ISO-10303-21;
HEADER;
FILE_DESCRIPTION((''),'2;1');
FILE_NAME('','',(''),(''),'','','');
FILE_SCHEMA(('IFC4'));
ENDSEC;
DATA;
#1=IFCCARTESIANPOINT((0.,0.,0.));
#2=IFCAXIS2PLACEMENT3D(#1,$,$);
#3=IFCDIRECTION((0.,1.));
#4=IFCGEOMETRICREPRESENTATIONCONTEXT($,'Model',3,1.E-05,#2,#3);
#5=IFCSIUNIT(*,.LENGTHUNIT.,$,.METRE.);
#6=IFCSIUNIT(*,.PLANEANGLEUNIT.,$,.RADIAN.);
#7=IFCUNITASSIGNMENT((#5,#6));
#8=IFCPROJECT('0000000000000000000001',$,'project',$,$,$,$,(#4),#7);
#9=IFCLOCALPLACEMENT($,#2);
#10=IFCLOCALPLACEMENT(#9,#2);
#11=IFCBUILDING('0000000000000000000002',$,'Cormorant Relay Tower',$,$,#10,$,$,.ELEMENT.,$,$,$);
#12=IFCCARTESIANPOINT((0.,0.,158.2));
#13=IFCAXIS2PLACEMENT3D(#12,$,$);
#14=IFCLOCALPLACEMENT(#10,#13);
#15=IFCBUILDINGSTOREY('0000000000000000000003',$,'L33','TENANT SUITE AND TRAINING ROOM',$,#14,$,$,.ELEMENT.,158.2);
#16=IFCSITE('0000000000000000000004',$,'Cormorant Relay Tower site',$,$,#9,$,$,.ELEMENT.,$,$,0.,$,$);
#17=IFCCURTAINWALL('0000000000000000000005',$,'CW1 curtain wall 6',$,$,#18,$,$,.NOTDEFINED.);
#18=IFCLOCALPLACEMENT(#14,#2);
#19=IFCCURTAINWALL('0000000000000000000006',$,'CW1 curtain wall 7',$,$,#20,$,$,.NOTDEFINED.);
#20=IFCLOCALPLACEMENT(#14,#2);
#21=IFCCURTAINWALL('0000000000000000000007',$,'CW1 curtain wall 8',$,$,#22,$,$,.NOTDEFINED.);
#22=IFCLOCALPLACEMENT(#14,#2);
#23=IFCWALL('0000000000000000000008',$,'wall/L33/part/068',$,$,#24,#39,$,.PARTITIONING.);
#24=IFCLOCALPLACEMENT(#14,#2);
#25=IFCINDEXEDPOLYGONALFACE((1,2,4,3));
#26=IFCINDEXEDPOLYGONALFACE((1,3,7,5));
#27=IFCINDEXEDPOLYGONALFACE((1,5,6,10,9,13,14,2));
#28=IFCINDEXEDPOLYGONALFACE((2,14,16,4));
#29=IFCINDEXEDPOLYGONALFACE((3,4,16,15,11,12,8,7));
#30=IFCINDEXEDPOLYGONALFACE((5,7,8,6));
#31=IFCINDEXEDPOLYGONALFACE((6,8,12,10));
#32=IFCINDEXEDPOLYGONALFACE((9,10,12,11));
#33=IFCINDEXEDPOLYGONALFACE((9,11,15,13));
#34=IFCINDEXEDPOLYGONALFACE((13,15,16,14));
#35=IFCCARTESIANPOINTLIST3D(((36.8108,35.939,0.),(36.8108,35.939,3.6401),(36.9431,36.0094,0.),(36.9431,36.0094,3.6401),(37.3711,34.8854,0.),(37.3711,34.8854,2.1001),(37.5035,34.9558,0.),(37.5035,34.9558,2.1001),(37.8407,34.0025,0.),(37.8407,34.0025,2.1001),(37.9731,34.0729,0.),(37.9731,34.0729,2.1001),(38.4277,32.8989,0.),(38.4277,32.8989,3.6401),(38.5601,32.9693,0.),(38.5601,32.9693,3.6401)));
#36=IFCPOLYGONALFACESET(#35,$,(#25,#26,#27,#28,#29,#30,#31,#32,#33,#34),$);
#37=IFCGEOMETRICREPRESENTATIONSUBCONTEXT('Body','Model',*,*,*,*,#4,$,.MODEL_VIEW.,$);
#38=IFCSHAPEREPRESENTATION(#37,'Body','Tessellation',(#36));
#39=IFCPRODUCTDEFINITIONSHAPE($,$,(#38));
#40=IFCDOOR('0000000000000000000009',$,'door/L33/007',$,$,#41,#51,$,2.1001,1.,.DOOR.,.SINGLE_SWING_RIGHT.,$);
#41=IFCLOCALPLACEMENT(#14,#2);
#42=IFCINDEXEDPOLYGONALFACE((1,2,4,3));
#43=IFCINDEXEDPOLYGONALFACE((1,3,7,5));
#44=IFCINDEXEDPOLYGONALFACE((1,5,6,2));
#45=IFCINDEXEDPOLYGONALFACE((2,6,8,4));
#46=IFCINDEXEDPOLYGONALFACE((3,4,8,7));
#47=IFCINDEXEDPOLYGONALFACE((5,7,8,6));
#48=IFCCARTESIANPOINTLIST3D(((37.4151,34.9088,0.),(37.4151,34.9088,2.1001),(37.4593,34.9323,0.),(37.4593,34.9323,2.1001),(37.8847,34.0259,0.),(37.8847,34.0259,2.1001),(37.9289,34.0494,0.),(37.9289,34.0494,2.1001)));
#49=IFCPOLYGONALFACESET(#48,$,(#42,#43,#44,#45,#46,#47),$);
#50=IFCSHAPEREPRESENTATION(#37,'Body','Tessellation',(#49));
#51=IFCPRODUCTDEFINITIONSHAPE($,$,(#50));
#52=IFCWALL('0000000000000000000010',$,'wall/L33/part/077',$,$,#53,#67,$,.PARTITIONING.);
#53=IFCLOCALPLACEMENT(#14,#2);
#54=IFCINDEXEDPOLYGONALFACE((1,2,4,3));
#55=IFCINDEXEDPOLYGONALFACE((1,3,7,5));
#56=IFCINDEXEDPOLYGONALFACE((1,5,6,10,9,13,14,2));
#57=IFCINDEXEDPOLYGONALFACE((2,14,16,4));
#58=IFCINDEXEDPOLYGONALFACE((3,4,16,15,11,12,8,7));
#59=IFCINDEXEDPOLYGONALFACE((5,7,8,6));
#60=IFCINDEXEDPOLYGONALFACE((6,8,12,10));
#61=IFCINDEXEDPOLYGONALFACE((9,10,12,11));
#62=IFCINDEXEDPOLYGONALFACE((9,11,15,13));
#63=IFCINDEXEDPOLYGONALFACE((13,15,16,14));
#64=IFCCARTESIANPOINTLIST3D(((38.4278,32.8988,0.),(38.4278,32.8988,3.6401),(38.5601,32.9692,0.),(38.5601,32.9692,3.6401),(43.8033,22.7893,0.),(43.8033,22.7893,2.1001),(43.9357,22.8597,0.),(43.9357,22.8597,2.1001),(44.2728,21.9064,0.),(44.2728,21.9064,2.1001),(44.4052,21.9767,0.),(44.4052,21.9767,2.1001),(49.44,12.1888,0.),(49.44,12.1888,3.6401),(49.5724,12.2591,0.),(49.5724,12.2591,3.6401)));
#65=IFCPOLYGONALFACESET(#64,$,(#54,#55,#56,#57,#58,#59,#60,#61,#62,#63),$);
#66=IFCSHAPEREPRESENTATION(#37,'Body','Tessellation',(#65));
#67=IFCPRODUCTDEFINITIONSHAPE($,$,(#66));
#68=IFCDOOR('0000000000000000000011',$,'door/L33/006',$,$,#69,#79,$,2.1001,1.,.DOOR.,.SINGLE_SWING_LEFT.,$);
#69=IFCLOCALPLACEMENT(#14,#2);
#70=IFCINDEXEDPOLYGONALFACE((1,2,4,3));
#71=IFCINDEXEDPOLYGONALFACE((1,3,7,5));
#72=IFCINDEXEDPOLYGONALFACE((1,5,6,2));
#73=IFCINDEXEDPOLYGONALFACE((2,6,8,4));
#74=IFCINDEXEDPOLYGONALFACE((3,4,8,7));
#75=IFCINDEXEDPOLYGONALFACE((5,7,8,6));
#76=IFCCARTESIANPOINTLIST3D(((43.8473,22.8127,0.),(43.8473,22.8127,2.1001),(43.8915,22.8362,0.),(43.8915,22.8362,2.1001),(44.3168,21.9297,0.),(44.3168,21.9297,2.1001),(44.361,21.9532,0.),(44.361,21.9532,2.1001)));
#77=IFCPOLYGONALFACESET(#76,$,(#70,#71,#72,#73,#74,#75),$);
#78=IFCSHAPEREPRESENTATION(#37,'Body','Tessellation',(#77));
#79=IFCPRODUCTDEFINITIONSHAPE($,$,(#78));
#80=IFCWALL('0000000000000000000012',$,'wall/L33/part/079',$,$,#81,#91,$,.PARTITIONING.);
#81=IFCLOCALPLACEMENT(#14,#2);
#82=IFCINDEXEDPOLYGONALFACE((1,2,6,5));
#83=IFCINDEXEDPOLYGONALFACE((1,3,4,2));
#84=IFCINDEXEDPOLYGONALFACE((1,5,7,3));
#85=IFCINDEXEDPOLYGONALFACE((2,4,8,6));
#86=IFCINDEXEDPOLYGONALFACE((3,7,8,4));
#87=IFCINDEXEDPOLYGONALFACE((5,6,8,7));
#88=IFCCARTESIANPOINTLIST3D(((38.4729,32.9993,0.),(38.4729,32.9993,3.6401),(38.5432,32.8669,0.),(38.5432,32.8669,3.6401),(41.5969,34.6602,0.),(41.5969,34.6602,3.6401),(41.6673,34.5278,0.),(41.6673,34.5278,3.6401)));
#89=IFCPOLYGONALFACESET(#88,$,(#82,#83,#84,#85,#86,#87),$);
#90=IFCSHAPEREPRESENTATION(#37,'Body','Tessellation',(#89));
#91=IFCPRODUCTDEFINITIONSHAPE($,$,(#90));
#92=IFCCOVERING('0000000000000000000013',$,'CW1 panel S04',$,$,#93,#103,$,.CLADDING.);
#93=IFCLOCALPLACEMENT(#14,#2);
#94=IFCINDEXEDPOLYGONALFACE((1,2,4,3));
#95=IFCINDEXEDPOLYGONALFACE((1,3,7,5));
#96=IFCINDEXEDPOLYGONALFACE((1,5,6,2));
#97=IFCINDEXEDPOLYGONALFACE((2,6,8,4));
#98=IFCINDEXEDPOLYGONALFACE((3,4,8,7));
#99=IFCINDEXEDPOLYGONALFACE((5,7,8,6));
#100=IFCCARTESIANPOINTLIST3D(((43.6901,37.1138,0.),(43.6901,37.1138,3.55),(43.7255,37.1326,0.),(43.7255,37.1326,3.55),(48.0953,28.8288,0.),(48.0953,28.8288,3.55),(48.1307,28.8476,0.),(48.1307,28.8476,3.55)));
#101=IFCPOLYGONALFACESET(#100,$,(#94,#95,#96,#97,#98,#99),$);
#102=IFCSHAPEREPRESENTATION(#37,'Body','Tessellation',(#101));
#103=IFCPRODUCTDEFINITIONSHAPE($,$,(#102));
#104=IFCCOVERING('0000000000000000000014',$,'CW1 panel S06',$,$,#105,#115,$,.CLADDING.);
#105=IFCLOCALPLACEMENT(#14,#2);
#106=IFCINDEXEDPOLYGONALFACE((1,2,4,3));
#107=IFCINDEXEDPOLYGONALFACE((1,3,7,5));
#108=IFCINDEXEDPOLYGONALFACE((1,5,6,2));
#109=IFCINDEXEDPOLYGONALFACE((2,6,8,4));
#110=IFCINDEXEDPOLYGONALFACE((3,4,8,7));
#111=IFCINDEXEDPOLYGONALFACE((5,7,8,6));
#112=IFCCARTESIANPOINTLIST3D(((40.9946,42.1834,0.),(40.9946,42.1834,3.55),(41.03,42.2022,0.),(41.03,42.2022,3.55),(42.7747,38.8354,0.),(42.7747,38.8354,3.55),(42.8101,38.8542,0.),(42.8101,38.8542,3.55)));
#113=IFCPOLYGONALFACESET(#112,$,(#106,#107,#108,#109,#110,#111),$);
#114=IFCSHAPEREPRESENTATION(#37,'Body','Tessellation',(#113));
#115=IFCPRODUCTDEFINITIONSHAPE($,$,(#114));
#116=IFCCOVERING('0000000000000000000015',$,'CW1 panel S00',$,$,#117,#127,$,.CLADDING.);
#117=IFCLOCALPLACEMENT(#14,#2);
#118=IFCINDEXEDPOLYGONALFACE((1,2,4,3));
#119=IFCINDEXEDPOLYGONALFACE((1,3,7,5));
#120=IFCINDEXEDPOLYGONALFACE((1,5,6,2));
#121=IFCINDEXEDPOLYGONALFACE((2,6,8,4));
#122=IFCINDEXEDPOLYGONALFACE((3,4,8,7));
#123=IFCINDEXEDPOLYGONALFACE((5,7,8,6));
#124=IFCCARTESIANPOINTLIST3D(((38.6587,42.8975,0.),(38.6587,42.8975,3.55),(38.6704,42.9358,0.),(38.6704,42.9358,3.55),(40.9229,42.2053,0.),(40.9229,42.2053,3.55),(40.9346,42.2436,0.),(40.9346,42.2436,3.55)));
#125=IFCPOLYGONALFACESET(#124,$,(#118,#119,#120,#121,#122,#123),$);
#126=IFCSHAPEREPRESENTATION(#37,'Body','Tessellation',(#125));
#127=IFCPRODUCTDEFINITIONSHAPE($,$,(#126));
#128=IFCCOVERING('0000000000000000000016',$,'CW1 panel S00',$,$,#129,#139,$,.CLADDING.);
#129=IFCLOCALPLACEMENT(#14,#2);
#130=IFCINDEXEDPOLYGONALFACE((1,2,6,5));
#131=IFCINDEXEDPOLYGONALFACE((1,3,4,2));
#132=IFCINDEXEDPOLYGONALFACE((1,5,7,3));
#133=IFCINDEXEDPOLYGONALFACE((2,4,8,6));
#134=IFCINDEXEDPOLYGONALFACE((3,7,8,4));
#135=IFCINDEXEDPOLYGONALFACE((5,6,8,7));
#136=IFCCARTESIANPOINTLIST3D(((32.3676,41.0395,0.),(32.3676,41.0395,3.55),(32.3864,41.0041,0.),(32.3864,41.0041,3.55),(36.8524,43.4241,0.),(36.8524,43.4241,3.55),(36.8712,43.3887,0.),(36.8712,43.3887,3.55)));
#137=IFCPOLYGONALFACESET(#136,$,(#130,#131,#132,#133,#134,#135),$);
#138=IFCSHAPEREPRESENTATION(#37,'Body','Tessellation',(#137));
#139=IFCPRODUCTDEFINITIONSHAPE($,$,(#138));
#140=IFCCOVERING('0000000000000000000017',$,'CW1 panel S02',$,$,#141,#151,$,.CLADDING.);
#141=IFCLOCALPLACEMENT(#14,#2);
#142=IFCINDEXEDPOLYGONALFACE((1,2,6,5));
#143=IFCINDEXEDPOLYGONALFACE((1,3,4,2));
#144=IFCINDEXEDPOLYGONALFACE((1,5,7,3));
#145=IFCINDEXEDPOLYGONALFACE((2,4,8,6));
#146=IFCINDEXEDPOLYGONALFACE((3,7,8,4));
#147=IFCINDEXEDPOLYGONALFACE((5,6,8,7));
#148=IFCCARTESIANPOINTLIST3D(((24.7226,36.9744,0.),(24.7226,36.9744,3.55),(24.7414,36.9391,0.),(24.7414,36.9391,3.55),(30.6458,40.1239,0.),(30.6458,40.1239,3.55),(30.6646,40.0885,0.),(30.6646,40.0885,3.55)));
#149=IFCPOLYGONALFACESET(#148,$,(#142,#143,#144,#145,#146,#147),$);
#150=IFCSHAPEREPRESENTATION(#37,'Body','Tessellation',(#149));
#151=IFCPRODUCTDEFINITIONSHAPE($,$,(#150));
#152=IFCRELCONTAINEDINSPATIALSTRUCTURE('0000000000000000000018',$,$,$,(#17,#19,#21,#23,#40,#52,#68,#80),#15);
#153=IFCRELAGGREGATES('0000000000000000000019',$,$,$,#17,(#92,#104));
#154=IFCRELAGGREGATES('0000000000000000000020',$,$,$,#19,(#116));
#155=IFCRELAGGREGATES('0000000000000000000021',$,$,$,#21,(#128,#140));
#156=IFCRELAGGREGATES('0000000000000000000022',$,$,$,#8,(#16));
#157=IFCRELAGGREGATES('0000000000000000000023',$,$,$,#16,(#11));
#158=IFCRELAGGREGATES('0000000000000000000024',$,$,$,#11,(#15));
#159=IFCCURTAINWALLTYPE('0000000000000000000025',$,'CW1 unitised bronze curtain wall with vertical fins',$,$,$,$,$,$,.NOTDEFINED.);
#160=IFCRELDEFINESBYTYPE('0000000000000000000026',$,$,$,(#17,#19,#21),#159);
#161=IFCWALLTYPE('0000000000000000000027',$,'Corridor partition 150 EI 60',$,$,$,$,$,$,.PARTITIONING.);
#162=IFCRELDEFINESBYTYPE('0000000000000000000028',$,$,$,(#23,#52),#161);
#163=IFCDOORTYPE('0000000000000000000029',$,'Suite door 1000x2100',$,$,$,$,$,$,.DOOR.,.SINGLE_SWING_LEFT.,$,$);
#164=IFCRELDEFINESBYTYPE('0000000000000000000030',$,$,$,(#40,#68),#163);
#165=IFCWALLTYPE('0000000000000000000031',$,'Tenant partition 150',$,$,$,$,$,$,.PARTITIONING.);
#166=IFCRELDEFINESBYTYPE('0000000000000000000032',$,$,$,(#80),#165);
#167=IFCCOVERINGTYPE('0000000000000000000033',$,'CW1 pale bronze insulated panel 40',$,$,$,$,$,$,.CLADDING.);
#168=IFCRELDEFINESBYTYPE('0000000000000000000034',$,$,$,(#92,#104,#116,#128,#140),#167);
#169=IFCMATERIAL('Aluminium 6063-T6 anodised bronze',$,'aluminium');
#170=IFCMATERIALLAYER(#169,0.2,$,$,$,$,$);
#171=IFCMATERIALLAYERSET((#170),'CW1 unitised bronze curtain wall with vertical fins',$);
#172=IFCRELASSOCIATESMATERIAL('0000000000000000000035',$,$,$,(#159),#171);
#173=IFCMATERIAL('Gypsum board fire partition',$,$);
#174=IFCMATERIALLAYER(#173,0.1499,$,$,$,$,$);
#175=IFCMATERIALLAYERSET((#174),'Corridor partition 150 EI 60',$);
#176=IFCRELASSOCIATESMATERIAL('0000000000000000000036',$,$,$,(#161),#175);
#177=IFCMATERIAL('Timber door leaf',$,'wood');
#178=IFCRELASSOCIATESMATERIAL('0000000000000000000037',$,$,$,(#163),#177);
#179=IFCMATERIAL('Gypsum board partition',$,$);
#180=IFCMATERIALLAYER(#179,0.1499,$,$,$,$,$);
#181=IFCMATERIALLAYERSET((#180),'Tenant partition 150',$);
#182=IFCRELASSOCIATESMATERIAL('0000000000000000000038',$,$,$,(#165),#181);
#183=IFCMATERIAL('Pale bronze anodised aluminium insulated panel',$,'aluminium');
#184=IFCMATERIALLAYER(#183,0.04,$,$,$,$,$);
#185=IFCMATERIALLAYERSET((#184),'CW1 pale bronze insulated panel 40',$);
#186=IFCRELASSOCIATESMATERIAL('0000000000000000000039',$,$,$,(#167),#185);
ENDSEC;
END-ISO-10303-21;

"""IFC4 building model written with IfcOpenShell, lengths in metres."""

from ifc_helpers import new_model, si_unit, direction, frame, frame_2d, origin, origin_2d, place, context, subcontext, project, spatial, rectangle, extrude, material, layer, layer_set, type_object, element, fill, aggregate, save


model = new_model("IFC4")

# Units and contexts
model_context = context("Model", 3, precision=1e-05, world=origin(), true_north=direction((0.0, 1.0)))
body_context = subcontext(model_context, "Body", "Model", "MODEL_VIEW")
ifc_project = project(units=[si_unit("LENGTHUNIT", "METRE"), si_unit("PLANEANGLEUNIT", "RADIAN")], contexts=[model_context])

# Site, building, storey
site_placement = place(None, origin())
site = spatial("IfcSite", under=ifc_project, at=site_placement, Name="Cormorant Relay Tower site", CompositionType="ELEMENT", RefElevation=0.0)
building_placement = place(site_placement, origin())
building = spatial("IfcBuilding", under=site, at=building_placement, Name="Cormorant Relay Tower", CompositionType="ELEMENT")
storey_placement = place(building_placement, frame((0.0, 0.0, 158.2)))
storey = spatial("IfcBuildingStorey", under=building, at=storey_placement, Name="L33", Description="TENANT SUITE AND TRAINING ROOM", CompositionType="ELEMENT", Elevation=158.2)

# Curtain wall
ifc_material_1 = material(Name="Aluminium 6063-T6 anodised bronze", Category="aluminium")
ifc_layer_1 = layer(ifc_material_1, 0.2)
ifc_layer_set_1 = layer_set([ifc_layer_1], Name="CW1 unitised bronze curtain wall with vertical fins")
curtain_wall_type = type_object("IfcCurtainWallType", Name="CW1 unitised bronze curtain wall with vertical fins", PredefinedType="NOTDEFINED", material=ifc_layer_set_1)
curtain_wall_1_placement = place(storey_placement, origin())
curtain_wall_1 = element("IfcCurtainWall", 1, at=curtain_wall_1_placement, inside=storey, type_object=curtain_wall_type, Name="CW1 curtain wall 6", PredefinedType="NOTDEFINED")

# Curtain wall
curtain_wall_2_placement = place(storey_placement, origin())
curtain_wall_2 = element("IfcCurtainWall", 2, at=curtain_wall_2_placement, inside=storey, type_object=curtain_wall_type, Name="CW1 curtain wall 7", PredefinedType="NOTDEFINED")

# Curtain wall
curtain_wall_3_placement = place(storey_placement, origin())
curtain_wall_3 = element("IfcCurtainWall", 3, at=curtain_wall_3_placement, inside=storey, type_object=curtain_wall_type, Name="CW1 curtain wall 8", PredefinedType="NOTDEFINED")

# Shared definitions
ifc_material_2 = material(Name="Gypsum board fire partition")
ifc_layer_2 = layer(ifc_material_2, 0.1499)
ifc_layer_set_2 = layer_set([ifc_layer_2], Name="Corridor partition 150 EI 60")
wall_type_1 = type_object("IfcWallType", Name="Corridor partition 150 EI 60", PredefinedType="PARTITIONING", material=ifc_layer_set_2)

# Walls, openings, doors
wall_1_placement = place(storey_placement, frame((38.4939, 32.9341, 0.0), z_axis=(0.0, 0.0, 1.0), x_axis=(-0.469591, 0.882884, 0.0)))
wall_1 = element("IfcWall", 4, at=wall_1_placement, inside=storey, type_object=wall_type_1, Name="wall/L33/part/068", PredefinedType="PARTITIONING", context=body_context, shape_type="SweptSolid", body=[
    extrude(rectangle(XDim=3.4434, YDim=0.1499, at=frame_2d((1.7217, 0.0))), origin(), (0.0, 0.0, 1.0), 3.6401),
])
opening_1_placement = place(wall_1_placement, frame((1.25, 0.0, 0.0)))
opening_1 = element("IfcOpeningElement", 5, at=opening_1_placement, cuts=wall_1, PredefinedType="OPENING", context=body_context, shape_type="SweptSolid", body=[
    extrude(rectangle(XDim=1.0, YDim=2.1001, at=frame_2d((0.5, 1.05))), frame((0.0, 0.085, 0.0), z_axis=(0.0, -1.0, 0.0), x_axis=(1.0, 0.0, 0.0)), (0.0, 0.0, 1.0), 0.1699),
])
ifc_material_3 = material(Name="Timber door leaf", Category="wood")
door_type = type_object("IfcDoorType", Name="Suite door 1000x2100", OperationType="SINGLE_SWING_LEFT", PredefinedType="DOOR", material=ifc_material_3)
door_1_placement = place(opening_1_placement, frame((1.0, 0.0, 0.0), z_axis=(0.0, 0.0, 1.0), x_axis=(-1.0, 0.0, 0.0)))
door_1 = element("IfcDoor", 6, at=door_1_placement, inside=storey, type_object=door_type, Name="door/L33/007", OperationType="SINGLE_SWING_RIGHT", OverallHeight=2.1001, OverallWidth=1.0, PredefinedType="DOOR", context=body_context, shape_type="SweptSolid", body=[
    extrude(rectangle(XDim=1.0, YDim=2.1001, at=frame_2d((0.5, 1.05))), frame((0.0, 0.0249, 0.0), z_axis=(0.0, -1.0, 0.0), x_axis=(1.0, 0.0, 0.0)), (0.0, 0.0, 1.0), 0.05),
])
fill(opening_1, door_1)
wall_2_placement = place(storey_placement, frame((38.4939, 32.9341, 0.0), z_axis=(0.0, 0.0, 1.0), x_axis=(0.469489, -0.882938, 0.0)))
wall_2 = element("IfcWall", 7, at=wall_2_placement, inside=storey, type_object=wall_type_1, Name="wall/L33/part/077", PredefinedType="PARTITIONING", context=body_context, shape_type="SweptSolid", body=[
    extrude(rectangle(XDim=23.4558, YDim=0.1499, at=frame_2d((11.728, 0.0))), origin(), (0.0, 0.0, 1.0), 3.6401),
])
opening_2_placement = place(wall_2_placement, frame((11.45, 0.0, 0.0)))
opening_2 = element("IfcOpeningElement", 8, at=opening_2_placement, cuts=wall_2, PredefinedType="OPENING", context=body_context, shape_type="SweptSolid", body=[
    extrude(rectangle(XDim=1.0, YDim=2.1001, at=frame_2d((0.5, 1.05))), frame((0.0, 0.085, 0.0), z_axis=(0.0, -1.0, 0.0), x_axis=(1.0, 0.0, 0.0)), (0.0, 0.0, 1.0), 0.1699),
])
door_2_placement = place(opening_2_placement, origin())
door_2 = element("IfcDoor", 9, at=door_2_placement, inside=storey, type_object=door_type, Name="door/L33/006", OperationType="SINGLE_SWING_LEFT", OverallHeight=2.1001, OverallWidth=1.0, PredefinedType="DOOR", context=body_context, shape_type="SweptSolid", body=[
    extrude(rectangle(XDim=1.0, YDim=2.1001, at=frame_2d((0.5, 1.05))), frame((0.0, 0.0249, 0.0), z_axis=(0.0, -1.0, 0.0), x_axis=(1.0, 0.0, 0.0)), (0.0, 0.0, 1.0), 0.05),
])
fill(opening_2, door_2)

# Wall
ifc_material_4 = material(Name="Gypsum board partition")
ifc_layer_3 = layer(ifc_material_4, 0.1499)
ifc_layer_set_3 = layer_set([ifc_layer_3], Name="Tenant partition 150")
wall_type_2 = type_object("IfcWallType", Name="Tenant partition 150", PredefinedType="PARTITIONING", material=ifc_layer_set_3)
wall_3_placement = place(storey_placement, frame((41.6321, 34.594, 0.0), z_axis=(0.0, 0.0, 1.0), x_axis=(-0.882969, -0.469431, 0.0)))
element("IfcWall", 10, at=wall_3_placement, inside=storey, type_object=wall_type_2, Name="wall/L33/part/079", PredefinedType="PARTITIONING", context=body_context, shape_type="SweptSolid", body=[
    extrude(rectangle(XDim=3.5381, YDim=0.1499, at=frame_2d((1.769, 0.0))), origin(), (0.0, 0.0, 1.0), 3.6401),
])

# Coverings
ifc_material_5 = material(Name="Pale bronze anodised aluminium insulated panel", Category="aluminium")
ifc_layer_4 = layer(ifc_material_5, 0.04)
ifc_layer_set_4 = layer_set([ifc_layer_4], Name="CW1 pale bronze insulated panel 40")
covering_type = type_object("IfcCoveringType", Name="CW1 pale bronze insulated panel 40", PredefinedType="CLADDING", material=ifc_layer_set_4)
covering_1_placement = place(storey_placement, frame((45.9104, 32.9807, 0.0), z_axis=(0.0, 0.0, 1.0), x_axis=(-0.469472, 0.882948, 0.0)))
covering_1 = element("IfcCovering", 11, at=covering_1_placement, type_object=covering_type, Name="CW1 panel S04", PredefinedType="CLADDING", context=body_context, shape_type="SweptSolid", body=[
    extrude(rectangle(XDim=9.3833, YDim=0.04, at=origin_2d()), origin(), (0.0, 0.0, 1.0), 3.55),
])
covering_2_placement = place(storey_placement, frame((41.9023, 40.5188, 0.0), z_axis=(0.0, 0.0, 1.0), x_axis=(-0.469472, 0.882948, 0.0)))
covering_2 = element("IfcCovering", 12, at=covering_2_placement, type_object=covering_type, Name="CW1 panel S06", PredefinedType="CLADDING", context=body_context, shape_type="SweptSolid", body=[
    extrude(rectangle(XDim=3.7917, YDim=0.04, at=origin_2d()), origin(), (0.0, 0.0, 1.0), 3.55),
])
aggregate(curtain_wall_1, [covering_1, covering_2])
covering_3_placement = place(storey_placement, frame((39.7966, 42.5706, 0.0), z_axis=(0.0, 0.0, 1.0), x_axis=(-0.956305, 0.292372, 0.0)))
covering_3 = element("IfcCovering", 13, at=covering_3_placement, type_object=covering_type, Name="CW1 panel S00", PredefinedType="CLADDING", context=body_context, shape_type="SweptSolid", body=[
    extrude(rectangle(XDim=2.3677, YDim=0.04, at=origin_2d()), origin(), (0.0, 0.0, 1.0), 3.55),
])
aggregate(curtain_wall_2, [covering_3])
covering_4_placement = place(storey_placement, frame((34.6194, 42.2141, 0.0), z_axis=(0.0, 0.0, 1.0), x_axis=(-0.882948, -0.469472, 0.0)))
covering_4 = element("IfcCovering", 14, at=covering_4_placement, type_object=covering_type, Name="CW1 panel S00", PredefinedType="CLADDING", context=body_context, shape_type="SweptSolid", body=[
    extrude(rectangle(XDim=5.0793, YDim=0.04, at=origin_2d()), origin(), (0.0, 0.0, 1.0), 3.55),
])
covering_5_placement = place(storey_placement, frame((27.6936, 38.5315, 0.0), z_axis=(0.0, 0.0, 1.0), x_axis=(-0.882948, -0.469472, 0.0)))
covering_5 = element("IfcCovering", 15, at=covering_5_placement, type_object=covering_type, Name="CW1 panel S02", PredefinedType="CLADDING", context=body_context, shape_type="SweptSolid", body=[
    extrude(rectangle(XDim=6.7085, YDim=0.04, at=origin_2d()), origin(), (0.0, 0.0, 1.0), 3.55),
])
aggregate(curtain_wall_3, [covering_4, covering_5])

save(model, "model.ifc")
